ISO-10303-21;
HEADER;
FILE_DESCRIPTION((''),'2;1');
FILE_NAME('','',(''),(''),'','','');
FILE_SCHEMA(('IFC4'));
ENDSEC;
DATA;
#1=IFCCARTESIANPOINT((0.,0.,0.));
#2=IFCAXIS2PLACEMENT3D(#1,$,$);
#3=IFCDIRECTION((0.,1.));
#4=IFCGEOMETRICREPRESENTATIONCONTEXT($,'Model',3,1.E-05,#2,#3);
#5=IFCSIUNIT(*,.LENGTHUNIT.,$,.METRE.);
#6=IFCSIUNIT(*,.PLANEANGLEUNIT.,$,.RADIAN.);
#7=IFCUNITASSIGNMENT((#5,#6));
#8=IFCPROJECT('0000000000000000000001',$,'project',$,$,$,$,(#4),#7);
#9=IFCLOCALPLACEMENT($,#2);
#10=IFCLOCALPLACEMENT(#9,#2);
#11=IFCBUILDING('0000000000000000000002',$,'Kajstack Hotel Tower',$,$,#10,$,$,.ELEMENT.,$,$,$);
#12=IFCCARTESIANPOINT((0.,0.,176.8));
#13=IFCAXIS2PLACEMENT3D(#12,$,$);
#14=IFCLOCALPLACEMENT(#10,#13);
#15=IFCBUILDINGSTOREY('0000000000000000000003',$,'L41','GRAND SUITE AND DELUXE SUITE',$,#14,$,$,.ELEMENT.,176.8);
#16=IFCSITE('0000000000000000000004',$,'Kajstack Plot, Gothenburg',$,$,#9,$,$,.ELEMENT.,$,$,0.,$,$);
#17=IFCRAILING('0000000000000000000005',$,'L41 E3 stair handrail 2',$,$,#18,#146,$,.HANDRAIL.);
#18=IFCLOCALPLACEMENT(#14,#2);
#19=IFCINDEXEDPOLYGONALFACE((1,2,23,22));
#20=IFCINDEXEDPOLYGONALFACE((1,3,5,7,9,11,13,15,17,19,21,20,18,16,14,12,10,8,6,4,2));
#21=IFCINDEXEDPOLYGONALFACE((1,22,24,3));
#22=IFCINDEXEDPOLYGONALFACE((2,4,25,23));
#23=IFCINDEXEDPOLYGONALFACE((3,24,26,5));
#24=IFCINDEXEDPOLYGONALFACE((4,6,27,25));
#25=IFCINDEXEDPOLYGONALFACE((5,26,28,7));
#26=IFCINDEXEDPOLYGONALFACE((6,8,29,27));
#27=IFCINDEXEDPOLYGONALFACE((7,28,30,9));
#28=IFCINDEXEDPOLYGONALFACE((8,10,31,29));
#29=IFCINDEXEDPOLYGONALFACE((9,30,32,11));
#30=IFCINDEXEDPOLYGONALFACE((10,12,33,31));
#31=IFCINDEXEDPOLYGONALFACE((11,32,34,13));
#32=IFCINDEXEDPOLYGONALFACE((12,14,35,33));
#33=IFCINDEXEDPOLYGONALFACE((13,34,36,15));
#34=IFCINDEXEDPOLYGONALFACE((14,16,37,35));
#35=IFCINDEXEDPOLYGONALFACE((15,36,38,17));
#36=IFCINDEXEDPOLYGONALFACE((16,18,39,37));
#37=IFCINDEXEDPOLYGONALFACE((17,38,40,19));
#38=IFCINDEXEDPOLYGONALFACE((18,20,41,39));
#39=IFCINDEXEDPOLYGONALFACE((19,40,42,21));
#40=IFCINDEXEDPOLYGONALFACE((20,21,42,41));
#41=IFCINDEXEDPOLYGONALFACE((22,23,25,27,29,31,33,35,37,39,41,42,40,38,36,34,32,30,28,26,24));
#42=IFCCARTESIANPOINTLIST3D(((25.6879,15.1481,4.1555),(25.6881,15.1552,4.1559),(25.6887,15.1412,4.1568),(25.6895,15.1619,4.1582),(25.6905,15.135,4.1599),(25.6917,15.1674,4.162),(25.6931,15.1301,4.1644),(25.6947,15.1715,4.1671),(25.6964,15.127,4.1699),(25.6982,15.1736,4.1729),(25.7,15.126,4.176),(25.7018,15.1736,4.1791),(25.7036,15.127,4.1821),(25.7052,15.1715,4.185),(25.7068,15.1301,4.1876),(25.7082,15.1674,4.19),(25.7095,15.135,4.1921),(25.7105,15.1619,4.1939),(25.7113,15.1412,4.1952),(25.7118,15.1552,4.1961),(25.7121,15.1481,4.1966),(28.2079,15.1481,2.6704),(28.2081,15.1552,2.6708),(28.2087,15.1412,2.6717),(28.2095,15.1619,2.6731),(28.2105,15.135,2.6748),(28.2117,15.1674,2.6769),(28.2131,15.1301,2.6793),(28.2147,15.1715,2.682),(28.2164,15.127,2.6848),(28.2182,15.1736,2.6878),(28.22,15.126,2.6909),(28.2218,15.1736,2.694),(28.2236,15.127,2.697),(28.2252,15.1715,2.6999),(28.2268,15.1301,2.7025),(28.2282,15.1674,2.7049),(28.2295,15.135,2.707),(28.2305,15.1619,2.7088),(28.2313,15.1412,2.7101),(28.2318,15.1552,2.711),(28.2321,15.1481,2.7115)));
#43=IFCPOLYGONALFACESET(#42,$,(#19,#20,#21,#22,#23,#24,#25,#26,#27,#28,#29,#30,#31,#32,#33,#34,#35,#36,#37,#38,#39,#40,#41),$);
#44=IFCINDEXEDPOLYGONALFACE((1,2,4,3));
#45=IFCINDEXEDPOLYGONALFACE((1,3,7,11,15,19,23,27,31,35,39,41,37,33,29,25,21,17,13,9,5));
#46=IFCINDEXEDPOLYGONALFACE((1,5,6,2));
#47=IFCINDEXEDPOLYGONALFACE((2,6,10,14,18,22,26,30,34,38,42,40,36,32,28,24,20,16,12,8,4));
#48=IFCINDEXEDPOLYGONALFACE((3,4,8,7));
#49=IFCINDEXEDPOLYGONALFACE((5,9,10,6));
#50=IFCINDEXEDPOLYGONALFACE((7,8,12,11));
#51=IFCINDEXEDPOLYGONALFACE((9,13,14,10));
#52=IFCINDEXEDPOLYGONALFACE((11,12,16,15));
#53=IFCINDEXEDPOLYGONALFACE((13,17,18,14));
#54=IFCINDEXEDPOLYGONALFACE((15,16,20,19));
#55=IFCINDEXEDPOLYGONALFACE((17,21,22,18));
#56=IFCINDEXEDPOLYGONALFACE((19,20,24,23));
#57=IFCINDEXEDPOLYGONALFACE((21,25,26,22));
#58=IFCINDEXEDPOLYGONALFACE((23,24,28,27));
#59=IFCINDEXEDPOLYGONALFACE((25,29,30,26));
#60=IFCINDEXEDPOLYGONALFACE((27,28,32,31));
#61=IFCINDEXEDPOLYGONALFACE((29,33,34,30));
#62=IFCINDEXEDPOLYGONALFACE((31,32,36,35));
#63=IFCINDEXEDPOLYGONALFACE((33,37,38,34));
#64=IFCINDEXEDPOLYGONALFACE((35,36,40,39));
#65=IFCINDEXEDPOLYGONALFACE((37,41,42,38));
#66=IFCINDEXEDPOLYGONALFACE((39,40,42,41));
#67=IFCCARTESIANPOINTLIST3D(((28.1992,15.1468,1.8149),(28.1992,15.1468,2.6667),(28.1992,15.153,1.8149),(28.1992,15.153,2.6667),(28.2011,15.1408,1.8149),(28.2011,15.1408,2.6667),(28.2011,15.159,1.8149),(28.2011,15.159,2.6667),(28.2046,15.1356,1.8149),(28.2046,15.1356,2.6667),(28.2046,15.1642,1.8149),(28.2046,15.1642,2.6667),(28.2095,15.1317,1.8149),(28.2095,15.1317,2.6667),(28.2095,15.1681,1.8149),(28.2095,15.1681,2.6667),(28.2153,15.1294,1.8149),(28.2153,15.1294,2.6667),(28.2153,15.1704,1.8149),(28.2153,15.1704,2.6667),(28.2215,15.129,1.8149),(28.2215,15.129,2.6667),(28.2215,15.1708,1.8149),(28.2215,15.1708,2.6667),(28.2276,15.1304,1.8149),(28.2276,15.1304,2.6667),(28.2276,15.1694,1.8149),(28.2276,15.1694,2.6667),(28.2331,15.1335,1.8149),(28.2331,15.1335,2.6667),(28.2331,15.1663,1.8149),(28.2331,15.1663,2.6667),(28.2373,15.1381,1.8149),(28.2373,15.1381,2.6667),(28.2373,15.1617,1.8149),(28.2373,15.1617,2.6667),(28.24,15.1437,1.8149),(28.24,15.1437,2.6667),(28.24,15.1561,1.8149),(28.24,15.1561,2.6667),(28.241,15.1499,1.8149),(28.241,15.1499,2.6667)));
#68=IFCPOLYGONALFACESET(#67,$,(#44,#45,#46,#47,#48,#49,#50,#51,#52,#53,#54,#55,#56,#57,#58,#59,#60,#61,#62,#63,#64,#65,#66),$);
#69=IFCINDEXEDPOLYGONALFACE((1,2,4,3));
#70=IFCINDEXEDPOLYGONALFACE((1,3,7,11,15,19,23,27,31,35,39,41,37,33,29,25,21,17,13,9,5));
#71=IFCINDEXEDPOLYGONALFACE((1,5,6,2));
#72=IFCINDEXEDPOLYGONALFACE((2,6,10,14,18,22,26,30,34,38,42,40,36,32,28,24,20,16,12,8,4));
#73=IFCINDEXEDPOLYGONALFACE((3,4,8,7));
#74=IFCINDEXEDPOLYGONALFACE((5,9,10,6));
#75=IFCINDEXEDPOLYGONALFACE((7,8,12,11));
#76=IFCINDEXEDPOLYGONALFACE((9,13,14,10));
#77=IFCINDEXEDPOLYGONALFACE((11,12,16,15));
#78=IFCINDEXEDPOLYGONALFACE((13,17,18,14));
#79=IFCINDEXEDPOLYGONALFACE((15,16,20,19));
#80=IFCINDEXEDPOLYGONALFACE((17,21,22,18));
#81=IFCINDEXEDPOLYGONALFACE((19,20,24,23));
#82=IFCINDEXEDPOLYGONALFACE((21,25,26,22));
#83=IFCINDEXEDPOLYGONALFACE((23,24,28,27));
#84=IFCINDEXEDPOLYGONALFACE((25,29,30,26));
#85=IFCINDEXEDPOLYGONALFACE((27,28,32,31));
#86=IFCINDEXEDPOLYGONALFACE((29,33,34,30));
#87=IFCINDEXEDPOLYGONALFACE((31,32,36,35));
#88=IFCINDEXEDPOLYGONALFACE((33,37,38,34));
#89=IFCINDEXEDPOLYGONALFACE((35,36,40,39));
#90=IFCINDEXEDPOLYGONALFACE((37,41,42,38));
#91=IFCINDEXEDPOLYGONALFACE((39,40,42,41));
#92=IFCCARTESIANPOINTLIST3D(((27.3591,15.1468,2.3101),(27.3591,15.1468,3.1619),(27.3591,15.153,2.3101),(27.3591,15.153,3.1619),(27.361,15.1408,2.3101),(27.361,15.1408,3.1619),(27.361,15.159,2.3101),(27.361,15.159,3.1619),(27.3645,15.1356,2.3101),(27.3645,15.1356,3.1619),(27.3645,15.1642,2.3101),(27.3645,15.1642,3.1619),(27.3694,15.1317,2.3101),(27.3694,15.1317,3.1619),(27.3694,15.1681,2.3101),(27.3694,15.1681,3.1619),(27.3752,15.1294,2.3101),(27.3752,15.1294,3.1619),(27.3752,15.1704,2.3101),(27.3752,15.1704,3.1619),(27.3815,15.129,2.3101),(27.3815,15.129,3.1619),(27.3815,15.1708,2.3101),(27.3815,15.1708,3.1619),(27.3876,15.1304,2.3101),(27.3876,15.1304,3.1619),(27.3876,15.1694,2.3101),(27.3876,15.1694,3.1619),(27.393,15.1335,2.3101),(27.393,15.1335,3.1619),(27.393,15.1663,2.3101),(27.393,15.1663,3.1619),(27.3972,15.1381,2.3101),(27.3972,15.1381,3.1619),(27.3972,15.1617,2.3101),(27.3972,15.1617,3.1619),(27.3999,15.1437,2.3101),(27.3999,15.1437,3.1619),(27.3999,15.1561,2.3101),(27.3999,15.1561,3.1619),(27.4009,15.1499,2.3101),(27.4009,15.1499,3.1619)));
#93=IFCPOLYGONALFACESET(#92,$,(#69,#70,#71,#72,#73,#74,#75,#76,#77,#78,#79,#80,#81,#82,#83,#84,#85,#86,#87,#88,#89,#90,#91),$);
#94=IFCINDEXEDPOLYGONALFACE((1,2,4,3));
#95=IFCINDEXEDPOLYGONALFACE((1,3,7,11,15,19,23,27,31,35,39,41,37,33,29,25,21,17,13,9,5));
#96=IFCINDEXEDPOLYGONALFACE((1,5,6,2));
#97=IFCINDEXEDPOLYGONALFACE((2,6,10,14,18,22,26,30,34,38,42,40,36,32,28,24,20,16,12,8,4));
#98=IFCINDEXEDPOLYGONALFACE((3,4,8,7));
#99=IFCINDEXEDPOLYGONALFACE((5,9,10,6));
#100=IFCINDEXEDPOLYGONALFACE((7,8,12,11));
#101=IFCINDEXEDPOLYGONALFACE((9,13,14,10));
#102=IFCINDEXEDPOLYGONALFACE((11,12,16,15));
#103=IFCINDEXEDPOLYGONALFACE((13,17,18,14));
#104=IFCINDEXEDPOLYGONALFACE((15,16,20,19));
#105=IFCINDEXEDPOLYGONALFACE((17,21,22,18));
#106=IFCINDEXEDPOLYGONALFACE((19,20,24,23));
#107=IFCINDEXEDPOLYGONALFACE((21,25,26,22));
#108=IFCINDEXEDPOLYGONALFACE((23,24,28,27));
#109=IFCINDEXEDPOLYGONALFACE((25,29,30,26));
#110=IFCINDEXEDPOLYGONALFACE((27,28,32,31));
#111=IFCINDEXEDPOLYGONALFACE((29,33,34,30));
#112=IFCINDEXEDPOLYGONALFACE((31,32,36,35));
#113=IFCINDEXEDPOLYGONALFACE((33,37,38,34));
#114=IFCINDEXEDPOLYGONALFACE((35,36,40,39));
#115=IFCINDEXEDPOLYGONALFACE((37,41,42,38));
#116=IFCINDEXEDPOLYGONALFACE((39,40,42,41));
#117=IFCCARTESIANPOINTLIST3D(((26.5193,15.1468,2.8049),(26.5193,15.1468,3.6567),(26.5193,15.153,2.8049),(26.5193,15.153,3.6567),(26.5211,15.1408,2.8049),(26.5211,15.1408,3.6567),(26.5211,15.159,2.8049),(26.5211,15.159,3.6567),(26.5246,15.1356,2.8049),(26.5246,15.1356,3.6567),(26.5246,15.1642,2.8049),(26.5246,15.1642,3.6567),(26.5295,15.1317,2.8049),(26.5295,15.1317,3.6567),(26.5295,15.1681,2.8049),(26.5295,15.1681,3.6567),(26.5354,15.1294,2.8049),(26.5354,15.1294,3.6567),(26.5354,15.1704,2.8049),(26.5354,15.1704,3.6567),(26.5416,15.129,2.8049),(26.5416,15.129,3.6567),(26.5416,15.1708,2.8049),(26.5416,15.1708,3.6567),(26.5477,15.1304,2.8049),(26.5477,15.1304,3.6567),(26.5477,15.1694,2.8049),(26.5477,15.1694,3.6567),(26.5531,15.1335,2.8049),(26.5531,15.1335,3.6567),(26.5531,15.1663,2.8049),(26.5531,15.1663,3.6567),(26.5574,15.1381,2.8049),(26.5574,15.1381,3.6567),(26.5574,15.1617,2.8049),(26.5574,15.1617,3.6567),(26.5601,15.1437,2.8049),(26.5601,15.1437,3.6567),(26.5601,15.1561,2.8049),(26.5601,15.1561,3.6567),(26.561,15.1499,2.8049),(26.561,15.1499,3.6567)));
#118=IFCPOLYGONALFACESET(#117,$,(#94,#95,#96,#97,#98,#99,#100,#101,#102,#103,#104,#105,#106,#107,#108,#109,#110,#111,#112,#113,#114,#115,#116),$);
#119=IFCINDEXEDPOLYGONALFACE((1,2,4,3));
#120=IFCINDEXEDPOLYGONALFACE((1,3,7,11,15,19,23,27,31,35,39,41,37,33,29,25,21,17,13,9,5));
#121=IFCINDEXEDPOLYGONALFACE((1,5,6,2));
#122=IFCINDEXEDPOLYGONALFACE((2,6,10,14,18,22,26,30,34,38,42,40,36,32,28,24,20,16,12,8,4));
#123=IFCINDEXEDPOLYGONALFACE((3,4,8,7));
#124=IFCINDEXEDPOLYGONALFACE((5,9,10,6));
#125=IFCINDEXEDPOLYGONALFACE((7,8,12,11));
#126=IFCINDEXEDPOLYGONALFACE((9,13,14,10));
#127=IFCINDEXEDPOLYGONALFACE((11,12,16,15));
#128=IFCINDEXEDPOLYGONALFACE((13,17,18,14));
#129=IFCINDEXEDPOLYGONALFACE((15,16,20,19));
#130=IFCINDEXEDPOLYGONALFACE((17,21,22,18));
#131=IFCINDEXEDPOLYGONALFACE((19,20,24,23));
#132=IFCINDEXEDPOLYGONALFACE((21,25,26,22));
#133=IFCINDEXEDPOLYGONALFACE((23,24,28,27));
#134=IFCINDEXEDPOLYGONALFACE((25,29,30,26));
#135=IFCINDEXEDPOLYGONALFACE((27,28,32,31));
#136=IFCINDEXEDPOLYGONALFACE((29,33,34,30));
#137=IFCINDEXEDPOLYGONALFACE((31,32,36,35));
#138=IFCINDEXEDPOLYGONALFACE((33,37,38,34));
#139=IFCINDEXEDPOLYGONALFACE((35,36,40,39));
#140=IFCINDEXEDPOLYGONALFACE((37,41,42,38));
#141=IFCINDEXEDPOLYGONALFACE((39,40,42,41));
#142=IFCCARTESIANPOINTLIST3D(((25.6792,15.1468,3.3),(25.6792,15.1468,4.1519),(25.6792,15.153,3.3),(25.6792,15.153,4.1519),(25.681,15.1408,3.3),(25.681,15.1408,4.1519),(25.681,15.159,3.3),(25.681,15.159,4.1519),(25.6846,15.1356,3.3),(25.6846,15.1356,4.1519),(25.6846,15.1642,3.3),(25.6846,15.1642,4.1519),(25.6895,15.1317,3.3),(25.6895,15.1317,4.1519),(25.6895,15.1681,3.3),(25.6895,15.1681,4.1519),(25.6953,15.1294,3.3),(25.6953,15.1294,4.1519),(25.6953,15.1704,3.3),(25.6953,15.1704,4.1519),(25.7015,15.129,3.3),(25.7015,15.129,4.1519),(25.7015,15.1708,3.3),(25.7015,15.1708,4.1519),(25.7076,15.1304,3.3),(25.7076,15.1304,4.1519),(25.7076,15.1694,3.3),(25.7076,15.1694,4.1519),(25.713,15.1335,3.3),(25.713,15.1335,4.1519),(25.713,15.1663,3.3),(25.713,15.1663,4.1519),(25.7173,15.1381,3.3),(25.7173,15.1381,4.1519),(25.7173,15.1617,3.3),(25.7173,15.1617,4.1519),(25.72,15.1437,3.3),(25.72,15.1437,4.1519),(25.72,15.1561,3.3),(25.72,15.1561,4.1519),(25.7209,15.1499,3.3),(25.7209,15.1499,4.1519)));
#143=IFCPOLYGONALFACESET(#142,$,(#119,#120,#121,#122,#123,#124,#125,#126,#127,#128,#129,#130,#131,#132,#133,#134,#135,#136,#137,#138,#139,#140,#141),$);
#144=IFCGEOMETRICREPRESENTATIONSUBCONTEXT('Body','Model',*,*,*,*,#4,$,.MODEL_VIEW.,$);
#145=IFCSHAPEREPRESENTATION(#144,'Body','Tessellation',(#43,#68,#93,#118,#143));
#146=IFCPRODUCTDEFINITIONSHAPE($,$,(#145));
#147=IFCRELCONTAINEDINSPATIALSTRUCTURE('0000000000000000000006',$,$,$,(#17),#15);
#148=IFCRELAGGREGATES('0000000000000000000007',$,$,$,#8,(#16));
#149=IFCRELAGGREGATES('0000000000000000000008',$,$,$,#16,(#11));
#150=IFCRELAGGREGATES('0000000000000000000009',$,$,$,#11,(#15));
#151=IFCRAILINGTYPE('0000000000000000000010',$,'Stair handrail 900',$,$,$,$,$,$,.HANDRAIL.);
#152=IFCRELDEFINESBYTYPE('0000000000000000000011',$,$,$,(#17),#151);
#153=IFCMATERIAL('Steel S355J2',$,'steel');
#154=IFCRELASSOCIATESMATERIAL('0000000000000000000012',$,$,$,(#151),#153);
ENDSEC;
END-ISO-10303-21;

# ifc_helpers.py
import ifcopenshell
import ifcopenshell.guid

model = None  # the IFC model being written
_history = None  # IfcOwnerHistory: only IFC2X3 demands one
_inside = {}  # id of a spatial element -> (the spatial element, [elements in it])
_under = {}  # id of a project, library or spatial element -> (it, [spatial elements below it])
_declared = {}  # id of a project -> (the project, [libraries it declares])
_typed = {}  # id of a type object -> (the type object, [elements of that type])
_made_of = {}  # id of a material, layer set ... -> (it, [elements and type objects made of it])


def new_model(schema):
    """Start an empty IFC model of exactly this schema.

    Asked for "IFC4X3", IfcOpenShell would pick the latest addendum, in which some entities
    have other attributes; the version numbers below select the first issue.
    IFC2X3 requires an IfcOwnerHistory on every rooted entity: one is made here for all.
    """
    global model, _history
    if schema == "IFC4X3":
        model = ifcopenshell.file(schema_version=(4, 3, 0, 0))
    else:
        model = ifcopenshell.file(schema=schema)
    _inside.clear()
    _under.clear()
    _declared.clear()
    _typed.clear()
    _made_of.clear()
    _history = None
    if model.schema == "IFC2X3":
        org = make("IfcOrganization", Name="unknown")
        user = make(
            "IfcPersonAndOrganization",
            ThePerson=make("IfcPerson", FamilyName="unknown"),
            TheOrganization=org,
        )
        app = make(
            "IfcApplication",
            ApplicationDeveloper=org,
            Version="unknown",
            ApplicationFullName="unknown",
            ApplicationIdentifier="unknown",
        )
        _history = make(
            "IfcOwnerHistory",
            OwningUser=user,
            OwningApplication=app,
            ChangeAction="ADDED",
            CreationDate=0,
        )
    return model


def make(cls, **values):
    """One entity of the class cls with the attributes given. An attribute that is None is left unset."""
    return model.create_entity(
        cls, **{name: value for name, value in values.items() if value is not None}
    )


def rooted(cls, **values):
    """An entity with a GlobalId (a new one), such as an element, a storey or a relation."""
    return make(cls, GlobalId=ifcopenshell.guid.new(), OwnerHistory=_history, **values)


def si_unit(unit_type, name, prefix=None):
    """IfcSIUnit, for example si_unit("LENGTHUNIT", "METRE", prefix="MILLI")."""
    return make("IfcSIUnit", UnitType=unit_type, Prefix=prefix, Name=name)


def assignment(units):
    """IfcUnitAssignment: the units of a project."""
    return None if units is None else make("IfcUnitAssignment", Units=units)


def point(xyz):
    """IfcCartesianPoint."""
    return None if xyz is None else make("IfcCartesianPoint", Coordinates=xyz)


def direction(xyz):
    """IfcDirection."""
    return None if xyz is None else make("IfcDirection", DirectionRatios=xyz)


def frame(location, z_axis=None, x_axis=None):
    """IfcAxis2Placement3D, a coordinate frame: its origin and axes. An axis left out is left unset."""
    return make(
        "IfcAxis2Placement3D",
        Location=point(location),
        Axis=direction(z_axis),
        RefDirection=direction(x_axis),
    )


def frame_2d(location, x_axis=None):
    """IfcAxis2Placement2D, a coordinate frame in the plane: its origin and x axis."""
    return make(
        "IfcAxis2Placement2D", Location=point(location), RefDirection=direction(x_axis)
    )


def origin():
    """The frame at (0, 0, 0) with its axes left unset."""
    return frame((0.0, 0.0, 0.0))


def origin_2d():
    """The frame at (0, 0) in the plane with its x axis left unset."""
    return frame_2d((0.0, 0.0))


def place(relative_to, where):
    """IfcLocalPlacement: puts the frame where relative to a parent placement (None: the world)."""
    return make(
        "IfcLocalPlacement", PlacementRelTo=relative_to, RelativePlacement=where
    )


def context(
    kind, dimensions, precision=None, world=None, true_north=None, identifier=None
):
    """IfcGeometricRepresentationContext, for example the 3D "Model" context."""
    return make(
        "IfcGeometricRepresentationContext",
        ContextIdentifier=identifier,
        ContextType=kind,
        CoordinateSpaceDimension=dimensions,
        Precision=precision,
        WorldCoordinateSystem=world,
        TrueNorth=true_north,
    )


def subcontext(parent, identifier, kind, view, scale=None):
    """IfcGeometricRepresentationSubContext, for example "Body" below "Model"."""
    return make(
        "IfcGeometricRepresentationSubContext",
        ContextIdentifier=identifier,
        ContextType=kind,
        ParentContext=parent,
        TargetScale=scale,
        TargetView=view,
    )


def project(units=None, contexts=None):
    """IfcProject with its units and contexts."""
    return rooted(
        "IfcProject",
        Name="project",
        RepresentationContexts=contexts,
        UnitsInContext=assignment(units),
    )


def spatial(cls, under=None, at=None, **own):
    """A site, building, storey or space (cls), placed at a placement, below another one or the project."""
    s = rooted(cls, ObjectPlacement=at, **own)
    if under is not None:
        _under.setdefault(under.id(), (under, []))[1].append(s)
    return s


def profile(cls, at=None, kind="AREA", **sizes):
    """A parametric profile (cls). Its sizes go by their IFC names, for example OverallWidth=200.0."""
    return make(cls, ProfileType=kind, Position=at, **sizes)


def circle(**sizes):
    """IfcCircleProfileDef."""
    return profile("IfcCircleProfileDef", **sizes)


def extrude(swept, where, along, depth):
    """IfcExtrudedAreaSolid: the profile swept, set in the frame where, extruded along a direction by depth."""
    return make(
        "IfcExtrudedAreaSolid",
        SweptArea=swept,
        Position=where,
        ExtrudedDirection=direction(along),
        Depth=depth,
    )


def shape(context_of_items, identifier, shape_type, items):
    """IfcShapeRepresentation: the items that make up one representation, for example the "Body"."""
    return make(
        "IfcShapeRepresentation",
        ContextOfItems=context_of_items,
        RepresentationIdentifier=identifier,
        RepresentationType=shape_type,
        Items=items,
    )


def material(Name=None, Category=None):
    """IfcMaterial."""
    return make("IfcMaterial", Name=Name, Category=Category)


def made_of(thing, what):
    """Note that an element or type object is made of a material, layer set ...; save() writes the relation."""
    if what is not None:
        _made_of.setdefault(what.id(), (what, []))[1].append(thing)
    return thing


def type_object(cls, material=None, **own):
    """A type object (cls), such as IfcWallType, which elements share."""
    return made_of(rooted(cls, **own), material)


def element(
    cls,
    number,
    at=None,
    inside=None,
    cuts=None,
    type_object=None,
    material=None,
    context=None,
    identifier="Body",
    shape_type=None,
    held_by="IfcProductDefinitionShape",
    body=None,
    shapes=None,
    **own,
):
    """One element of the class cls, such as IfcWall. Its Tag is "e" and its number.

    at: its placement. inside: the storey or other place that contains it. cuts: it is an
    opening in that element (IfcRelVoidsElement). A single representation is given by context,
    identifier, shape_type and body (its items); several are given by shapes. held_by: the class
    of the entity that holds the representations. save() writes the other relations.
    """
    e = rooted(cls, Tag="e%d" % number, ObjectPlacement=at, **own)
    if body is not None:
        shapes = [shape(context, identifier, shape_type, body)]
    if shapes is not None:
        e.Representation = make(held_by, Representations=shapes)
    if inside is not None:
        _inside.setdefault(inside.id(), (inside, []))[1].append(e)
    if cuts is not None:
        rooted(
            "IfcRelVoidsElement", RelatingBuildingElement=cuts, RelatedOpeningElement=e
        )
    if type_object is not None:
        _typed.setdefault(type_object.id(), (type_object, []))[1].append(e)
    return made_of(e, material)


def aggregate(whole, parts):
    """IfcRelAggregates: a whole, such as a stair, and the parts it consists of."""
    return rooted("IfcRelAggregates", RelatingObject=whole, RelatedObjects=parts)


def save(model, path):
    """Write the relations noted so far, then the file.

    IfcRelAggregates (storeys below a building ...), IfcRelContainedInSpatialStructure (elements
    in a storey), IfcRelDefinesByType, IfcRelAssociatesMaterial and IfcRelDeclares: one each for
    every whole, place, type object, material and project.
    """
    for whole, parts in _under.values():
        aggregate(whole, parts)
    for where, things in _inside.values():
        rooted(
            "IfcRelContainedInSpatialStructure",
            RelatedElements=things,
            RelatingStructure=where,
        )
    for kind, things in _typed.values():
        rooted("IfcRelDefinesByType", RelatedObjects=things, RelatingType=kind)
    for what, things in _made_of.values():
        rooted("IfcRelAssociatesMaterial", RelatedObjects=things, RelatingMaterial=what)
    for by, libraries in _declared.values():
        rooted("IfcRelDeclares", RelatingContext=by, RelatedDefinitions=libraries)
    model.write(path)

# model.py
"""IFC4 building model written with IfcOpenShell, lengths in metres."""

from ifc_helpers import new_model, si_unit, direction, frame, origin, origin_2d, place, context, subcontext, project, spatial, circle, extrude, material, type_object, element, save


model = new_model("IFC4")

# Units and contexts
model_context = context("Model", 3, precision=1e-05, world=origin(), true_north=direction((0.0, 1.0)))
body_context = subcontext(model_context, "Body", "Model", "MODEL_VIEW")
ifc_project = project(units=[si_unit("LENGTHUNIT", "METRE"), si_unit("PLANEANGLEUNIT", "RADIAN")], contexts=[model_context])

# Site, building, storey
site_placement = place(None, origin())
site = spatial("IfcSite", under=ifc_project, at=site_placement, Name="Kajstack Plot, Gothenburg", CompositionType="ELEMENT", RefElevation=0.0)
building_placement = place(site_placement, origin())
building = spatial("IfcBuilding", under=site, at=building_placement, Name="Kajstack Hotel Tower", CompositionType="ELEMENT")
storey_placement = place(building_placement, frame((0.0, 0.0, 176.8)))
storey = spatial("IfcBuildingStorey", under=building, at=storey_placement, Name="L41", Description="GRAND SUITE AND DELUXE SUITE", CompositionType="ELEMENT", Elevation=176.8)

# Railing
ifc_material_1 = material(Name="Steel S355J2", Category="steel")
railing_type_1 = type_object("IfcRailingType", Name="Stair handrail 900", PredefinedType="HANDRAIL", material=ifc_material_1)
railing_1_placement = place(storey_placement, frame((28.22, 15.1499, 1.8149)))
element("IfcRailing", 1, at=railing_1_placement, inside=storey, type_object=railing_type_1, Name="L41 E3 stair handrail 2", PredefinedType="HANDRAIL", context=body_context, shape_type="SweptSolid", body=[
    extrude(circle(Radius=0.0239, at=origin_2d()), frame((0.0, 0.0, 0.876), z_axis=(-0.861524, 0.0, 0.507717), x_axis=(0.0, -1.0, 0.0)), (0.0, 0.0, 1.0), 2.925),
    extrude(circle(Radius=0.021, at=origin_2d()), origin(), (0.0, 0.0, 1.0), 0.8518),
    extrude(circle(Radius=0.021, at=origin_2d()), frame((-0.8401, 0.0, 0.4951)), (0.0, 0.0, 1.0), 0.8518),
    extrude(circle(Radius=0.021, at=origin_2d()), frame((-1.6799, 0.0, 0.99)), (0.0, 0.0, 1.0), 0.8518),
    extrude(circle(Radius=0.021, at=origin_2d()), frame((-2.52, 0.0, 1.4851)), (0.0, 0.0, 1.0), 0.8518),
])

save(model, "model.ifc")
